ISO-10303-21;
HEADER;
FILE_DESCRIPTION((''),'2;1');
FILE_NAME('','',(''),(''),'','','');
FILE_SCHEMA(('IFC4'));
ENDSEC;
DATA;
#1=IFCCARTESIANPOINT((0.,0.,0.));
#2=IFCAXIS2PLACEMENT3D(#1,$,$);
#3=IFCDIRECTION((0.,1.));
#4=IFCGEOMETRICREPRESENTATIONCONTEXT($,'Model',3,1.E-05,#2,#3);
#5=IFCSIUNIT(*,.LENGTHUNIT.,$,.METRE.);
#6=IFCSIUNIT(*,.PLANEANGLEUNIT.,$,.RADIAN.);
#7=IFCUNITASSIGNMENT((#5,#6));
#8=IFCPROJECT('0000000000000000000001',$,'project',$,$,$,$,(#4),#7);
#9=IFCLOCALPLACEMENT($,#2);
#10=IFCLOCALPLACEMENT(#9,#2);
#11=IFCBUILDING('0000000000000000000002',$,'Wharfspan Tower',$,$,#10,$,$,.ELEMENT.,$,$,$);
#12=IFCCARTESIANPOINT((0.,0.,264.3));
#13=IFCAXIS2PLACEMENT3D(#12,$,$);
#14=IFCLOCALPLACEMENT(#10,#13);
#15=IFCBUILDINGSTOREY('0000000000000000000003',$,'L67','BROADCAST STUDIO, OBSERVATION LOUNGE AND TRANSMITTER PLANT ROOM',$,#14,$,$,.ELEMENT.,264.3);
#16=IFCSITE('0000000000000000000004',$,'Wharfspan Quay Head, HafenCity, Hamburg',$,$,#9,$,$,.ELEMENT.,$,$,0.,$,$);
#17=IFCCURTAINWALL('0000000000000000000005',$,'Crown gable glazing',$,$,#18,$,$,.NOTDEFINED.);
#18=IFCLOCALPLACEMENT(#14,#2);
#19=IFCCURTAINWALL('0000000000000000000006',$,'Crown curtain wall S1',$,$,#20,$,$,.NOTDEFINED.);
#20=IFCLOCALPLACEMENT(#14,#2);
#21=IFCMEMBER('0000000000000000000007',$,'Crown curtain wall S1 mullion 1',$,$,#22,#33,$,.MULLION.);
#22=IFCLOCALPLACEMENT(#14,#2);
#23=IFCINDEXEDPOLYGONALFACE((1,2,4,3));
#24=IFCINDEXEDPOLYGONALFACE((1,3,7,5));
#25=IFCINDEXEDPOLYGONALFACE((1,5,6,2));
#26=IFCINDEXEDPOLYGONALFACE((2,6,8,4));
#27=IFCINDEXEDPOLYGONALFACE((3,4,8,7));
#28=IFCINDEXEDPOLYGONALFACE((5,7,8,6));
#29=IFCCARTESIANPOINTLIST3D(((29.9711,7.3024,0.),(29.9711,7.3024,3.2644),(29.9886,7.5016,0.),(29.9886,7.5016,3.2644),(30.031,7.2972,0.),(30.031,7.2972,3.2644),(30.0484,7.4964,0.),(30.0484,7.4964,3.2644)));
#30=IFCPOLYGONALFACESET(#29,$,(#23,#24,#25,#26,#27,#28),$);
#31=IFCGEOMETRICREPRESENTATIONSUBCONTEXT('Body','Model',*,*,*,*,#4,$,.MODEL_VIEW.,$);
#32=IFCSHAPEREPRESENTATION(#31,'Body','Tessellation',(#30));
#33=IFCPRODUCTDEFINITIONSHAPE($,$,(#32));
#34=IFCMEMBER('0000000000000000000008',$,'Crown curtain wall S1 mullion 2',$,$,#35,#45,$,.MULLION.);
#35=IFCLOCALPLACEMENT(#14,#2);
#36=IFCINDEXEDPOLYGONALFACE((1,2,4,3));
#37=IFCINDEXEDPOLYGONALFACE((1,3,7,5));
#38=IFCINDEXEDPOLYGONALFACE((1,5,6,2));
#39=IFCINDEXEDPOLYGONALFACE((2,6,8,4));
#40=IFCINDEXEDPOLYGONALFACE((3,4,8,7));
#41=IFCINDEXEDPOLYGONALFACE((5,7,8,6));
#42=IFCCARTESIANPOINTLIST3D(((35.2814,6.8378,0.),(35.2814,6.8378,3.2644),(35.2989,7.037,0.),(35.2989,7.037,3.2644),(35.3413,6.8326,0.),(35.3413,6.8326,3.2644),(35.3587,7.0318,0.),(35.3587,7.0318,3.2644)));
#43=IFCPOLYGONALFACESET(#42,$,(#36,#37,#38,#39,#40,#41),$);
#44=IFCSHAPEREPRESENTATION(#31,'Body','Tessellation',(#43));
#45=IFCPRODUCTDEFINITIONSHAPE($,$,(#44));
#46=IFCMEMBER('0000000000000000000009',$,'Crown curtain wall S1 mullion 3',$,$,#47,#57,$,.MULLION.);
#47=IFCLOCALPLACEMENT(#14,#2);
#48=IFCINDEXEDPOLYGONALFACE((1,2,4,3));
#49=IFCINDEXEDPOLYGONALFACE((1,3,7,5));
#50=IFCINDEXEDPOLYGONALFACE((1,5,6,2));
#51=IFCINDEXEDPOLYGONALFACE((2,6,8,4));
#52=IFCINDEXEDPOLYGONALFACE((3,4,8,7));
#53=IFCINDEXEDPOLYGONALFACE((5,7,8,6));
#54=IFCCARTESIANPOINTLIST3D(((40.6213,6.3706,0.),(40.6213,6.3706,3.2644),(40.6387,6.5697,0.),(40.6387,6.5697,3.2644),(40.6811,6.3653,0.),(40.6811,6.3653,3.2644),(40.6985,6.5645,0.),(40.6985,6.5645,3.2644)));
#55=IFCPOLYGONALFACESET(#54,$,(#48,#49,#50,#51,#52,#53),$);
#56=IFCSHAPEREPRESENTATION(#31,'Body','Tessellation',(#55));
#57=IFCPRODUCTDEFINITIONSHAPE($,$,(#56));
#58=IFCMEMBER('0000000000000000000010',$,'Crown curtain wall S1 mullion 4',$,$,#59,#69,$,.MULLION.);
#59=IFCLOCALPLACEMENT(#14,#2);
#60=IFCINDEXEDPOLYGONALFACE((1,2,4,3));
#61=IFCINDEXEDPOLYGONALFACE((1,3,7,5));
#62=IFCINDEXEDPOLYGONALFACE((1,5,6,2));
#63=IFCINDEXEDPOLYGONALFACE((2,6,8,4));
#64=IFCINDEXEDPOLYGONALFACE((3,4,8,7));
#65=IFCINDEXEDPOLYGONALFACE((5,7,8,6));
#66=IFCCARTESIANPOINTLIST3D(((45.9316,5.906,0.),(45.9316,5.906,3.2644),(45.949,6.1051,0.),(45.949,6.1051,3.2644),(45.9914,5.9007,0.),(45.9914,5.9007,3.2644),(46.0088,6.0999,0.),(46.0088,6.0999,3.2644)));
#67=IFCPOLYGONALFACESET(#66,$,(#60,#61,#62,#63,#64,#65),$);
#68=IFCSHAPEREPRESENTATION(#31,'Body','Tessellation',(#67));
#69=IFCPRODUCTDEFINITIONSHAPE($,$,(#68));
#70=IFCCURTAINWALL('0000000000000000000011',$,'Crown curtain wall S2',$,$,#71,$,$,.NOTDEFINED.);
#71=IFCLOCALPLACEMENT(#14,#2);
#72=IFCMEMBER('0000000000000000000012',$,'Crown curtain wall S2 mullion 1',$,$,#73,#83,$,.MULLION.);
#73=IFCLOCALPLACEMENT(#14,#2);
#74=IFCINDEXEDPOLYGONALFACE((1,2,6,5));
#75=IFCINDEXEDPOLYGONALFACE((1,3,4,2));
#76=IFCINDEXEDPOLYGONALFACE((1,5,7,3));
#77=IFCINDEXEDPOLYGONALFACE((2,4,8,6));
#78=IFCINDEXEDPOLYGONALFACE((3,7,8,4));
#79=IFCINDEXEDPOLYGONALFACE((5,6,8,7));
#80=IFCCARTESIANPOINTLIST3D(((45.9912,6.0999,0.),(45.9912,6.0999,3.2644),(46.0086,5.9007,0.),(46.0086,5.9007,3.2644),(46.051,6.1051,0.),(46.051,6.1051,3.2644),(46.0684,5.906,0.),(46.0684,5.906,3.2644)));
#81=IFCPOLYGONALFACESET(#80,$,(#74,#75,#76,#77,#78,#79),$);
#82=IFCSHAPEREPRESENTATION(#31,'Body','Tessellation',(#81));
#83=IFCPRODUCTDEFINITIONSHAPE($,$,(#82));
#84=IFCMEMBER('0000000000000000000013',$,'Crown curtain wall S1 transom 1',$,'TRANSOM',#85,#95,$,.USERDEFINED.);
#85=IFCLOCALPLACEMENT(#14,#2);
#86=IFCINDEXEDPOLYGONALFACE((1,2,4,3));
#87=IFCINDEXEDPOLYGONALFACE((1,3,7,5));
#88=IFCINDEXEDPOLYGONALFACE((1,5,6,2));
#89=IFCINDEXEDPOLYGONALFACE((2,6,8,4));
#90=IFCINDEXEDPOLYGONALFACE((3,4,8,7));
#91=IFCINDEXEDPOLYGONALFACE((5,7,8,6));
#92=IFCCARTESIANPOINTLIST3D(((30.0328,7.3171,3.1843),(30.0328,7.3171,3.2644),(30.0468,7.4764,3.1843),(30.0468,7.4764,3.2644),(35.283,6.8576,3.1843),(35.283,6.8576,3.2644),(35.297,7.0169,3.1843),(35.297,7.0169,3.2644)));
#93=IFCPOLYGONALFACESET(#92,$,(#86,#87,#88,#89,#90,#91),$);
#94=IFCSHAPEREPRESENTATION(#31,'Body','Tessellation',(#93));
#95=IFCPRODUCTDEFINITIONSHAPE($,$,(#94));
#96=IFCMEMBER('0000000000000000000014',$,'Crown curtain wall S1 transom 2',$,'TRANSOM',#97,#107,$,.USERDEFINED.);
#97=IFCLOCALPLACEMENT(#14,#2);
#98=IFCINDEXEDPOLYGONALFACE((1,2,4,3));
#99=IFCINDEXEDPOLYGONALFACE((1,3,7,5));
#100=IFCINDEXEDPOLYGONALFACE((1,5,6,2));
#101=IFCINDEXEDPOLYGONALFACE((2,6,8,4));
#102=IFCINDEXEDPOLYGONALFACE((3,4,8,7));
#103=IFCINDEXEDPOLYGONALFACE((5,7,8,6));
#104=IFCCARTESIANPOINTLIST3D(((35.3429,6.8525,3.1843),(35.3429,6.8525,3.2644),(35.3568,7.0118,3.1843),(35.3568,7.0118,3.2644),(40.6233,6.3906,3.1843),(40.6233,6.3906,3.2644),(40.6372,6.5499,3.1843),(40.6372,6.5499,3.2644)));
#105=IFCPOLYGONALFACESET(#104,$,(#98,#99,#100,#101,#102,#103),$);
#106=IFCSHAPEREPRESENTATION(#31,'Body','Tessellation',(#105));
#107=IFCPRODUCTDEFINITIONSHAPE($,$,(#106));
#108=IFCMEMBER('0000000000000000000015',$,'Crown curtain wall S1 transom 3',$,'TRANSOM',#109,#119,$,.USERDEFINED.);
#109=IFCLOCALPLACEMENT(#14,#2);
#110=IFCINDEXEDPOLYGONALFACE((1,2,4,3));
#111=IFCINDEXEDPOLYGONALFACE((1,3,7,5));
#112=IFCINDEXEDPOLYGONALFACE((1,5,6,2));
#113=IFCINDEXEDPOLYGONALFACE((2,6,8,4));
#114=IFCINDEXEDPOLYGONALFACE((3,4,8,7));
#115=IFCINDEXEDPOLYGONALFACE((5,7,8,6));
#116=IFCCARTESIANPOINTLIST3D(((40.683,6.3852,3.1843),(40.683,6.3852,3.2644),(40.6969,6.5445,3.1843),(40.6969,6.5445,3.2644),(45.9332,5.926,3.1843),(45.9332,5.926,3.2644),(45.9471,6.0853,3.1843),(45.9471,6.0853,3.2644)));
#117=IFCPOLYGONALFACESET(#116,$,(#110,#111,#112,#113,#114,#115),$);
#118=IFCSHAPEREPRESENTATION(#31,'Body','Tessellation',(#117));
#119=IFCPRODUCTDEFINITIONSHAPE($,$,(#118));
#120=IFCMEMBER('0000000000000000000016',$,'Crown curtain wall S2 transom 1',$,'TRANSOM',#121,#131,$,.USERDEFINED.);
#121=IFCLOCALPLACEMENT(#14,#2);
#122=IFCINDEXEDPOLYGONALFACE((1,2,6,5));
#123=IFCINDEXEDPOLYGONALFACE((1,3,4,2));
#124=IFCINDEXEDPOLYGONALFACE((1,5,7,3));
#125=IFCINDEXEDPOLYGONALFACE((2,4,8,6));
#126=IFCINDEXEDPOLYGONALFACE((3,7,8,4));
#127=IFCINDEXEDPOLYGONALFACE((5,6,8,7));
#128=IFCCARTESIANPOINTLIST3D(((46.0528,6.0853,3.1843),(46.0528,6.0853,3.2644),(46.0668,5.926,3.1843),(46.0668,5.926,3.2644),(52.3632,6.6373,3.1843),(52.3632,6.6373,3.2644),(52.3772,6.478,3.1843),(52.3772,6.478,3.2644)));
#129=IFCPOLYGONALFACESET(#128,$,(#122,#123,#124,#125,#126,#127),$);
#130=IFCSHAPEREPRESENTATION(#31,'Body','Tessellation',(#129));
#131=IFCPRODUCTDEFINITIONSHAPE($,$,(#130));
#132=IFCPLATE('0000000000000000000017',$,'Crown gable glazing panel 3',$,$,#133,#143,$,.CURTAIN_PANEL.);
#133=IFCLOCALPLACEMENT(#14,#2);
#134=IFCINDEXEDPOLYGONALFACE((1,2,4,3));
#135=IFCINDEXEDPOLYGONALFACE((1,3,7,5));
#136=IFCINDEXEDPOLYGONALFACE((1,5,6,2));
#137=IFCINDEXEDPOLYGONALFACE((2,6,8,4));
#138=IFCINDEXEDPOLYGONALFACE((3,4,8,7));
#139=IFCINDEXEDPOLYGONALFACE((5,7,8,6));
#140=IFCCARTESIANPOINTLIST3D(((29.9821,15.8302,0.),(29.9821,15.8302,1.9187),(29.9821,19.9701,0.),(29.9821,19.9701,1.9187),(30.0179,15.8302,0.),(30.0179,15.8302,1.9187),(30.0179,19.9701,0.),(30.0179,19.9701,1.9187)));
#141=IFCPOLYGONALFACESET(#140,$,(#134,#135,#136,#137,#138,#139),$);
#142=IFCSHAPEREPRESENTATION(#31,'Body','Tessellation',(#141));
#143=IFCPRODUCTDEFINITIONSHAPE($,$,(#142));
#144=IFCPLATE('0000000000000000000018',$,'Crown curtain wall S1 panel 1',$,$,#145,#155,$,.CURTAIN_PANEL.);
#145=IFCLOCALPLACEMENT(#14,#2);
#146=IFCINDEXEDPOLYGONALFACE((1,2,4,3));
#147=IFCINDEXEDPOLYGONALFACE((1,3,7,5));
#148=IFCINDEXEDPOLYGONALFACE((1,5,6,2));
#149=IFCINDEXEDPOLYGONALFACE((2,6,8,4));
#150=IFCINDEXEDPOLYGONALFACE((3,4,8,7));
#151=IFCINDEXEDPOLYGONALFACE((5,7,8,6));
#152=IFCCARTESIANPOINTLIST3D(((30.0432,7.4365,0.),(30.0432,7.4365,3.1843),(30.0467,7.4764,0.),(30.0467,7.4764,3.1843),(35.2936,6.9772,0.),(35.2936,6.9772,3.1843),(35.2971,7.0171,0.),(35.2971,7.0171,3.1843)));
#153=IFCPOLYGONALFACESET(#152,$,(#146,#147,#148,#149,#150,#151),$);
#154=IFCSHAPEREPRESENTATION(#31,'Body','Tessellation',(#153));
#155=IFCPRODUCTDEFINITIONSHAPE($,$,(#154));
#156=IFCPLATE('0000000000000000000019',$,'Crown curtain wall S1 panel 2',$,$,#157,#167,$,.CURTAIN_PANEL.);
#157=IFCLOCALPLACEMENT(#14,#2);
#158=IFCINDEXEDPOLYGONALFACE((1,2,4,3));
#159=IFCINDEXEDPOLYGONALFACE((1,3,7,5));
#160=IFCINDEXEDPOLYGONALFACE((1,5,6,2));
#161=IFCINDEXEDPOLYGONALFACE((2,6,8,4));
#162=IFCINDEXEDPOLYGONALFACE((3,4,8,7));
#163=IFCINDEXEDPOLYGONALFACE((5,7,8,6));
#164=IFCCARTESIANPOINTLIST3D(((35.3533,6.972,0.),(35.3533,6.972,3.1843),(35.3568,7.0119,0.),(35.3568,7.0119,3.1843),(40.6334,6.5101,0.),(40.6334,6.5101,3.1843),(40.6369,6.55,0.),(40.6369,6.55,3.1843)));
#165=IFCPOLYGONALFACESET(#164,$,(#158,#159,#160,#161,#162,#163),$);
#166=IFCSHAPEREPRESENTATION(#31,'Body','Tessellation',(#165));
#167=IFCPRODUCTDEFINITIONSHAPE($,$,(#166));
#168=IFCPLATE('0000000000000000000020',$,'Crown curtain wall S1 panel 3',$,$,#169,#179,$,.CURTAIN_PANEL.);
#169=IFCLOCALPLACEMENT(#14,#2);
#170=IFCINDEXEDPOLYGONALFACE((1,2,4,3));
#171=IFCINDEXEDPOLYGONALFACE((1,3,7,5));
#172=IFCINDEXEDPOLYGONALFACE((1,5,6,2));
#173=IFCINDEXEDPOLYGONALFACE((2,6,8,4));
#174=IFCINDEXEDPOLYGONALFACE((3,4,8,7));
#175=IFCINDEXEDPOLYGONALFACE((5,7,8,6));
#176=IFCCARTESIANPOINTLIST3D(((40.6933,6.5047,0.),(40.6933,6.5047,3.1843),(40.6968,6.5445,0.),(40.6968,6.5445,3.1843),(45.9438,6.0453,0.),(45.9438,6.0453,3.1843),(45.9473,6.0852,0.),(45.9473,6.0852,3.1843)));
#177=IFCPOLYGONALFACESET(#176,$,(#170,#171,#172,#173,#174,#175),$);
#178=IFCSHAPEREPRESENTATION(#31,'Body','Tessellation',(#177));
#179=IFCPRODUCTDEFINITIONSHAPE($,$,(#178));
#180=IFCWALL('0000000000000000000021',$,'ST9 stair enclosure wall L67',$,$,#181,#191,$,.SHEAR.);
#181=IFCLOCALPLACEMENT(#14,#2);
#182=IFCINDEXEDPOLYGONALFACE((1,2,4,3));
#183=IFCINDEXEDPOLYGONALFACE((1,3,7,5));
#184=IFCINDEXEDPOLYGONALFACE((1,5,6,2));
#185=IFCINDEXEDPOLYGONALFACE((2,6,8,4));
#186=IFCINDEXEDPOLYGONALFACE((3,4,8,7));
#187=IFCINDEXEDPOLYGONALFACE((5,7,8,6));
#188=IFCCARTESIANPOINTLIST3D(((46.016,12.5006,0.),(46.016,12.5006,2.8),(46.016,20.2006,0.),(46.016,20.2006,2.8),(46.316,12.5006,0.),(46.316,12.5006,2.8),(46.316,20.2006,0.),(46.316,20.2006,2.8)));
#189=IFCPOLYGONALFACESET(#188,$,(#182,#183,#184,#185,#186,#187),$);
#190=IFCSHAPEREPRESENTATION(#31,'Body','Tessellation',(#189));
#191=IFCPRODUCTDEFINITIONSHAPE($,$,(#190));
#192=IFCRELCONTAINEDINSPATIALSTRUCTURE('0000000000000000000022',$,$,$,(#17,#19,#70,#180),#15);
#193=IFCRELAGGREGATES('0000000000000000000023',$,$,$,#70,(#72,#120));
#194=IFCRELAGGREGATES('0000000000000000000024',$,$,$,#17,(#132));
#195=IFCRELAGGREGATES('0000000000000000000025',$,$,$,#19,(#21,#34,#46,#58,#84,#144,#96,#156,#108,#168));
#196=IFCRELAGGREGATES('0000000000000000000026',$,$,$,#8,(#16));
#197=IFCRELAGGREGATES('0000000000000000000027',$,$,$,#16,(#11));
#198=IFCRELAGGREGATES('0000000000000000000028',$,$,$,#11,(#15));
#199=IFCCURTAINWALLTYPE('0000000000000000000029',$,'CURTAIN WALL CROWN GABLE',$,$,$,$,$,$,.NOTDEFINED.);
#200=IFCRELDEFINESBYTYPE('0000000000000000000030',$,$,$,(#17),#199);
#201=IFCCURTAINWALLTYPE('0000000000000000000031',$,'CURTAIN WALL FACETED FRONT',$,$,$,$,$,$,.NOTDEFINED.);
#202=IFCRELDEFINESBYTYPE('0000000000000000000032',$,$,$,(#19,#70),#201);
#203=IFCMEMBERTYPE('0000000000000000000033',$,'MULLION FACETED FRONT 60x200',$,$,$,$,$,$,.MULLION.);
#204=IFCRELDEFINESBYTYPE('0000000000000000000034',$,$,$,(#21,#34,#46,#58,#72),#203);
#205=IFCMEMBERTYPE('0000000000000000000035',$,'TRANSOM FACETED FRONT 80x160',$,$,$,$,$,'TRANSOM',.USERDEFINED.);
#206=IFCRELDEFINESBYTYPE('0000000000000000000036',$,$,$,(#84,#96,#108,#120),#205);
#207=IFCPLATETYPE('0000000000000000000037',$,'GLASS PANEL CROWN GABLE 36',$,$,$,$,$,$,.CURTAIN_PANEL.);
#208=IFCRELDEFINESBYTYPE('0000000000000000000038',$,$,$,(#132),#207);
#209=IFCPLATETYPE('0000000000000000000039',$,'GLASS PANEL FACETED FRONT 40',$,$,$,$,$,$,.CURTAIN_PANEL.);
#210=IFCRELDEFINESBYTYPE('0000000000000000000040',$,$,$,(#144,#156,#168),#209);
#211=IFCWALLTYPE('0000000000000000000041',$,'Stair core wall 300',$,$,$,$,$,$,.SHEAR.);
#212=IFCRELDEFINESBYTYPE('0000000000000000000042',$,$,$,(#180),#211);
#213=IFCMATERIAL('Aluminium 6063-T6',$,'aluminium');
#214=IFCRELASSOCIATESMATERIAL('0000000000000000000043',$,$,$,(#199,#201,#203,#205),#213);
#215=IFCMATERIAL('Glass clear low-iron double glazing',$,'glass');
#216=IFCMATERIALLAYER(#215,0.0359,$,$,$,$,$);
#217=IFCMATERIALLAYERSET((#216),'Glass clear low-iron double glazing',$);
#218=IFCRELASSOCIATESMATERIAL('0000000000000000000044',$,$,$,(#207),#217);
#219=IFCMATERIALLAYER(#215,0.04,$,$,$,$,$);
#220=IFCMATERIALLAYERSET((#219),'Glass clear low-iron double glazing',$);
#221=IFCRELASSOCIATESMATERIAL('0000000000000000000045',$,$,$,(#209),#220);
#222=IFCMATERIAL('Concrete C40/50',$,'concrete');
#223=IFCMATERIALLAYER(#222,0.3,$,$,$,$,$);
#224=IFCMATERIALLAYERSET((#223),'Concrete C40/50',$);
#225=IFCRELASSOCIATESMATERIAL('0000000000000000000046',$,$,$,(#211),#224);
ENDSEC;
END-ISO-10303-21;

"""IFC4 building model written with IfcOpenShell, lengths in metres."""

from ifc_helpers import new_model, si_unit, direction, frame, frame_2d, origin, origin_2d, place, context, subcontext, project, spatial, rectangle, extrude, material, layer, layer_set, material_profile, profile_set, type_object, element, aggregate, save


model = new_model("IFC4")

# Units and contexts
model_context = context("Model", 3, precision=1e-05, world=origin(), true_north=direction((0.0, 1.0)))
body_context = subcontext(model_context, "Body", "Model", "MODEL_VIEW")
ifc_project = project(units=[si_unit("LENGTHUNIT", "METRE"), si_unit("PLANEANGLEUNIT", "RADIAN")], contexts=[model_context])

# Site, building, storey
site_placement = place(None, origin())
site = spatial("IfcSite", under=ifc_project, at=site_placement, Name="Wharfspan Quay Head, HafenCity, Hamburg", CompositionType="ELEMENT", RefElevation=0.0)
building_placement = place(site_placement, origin())
building = spatial("IfcBuilding", under=site, at=building_placement, Name="Wharfspan Tower", CompositionType="ELEMENT")
storey_placement = place(building_placement, frame((0.0, 0.0, 264.3)))
storey = spatial("IfcBuildingStorey", under=building, at=storey_placement, Name="L67", Description="BROADCAST STUDIO, OBSERVATION LOUNGE AND TRANSMITTER PLANT ROOM", CompositionType="ELEMENT", Elevation=264.3)

# Curtain wall
ifc_material_1 = material(Name="Aluminium 6063-T6", Category="aluminium")
curtain_wall_type_1 = type_object("IfcCurtainWallType", Name="CURTAIN WALL CROWN GABLE", PredefinedType="NOTDEFINED", material=ifc_material_1)
curtain_wall_1_placement = place(storey_placement, origin())
curtain_wall_1 = element("IfcCurtainWall", 1, at=curtain_wall_1_placement, inside=storey, type_object=curtain_wall_type_1, Name="Crown gable glazing", PredefinedType="NOTDEFINED")

# Curtain wall, members
curtain_wall_type_2 = type_object("IfcCurtainWallType", Name="CURTAIN WALL FACETED FRONT", PredefinedType="NOTDEFINED", material=ifc_material_1)
curtain_wall_2_placement = place(storey_placement, origin())
curtain_wall_2 = element("IfcCurtainWall", 2, at=curtain_wall_2_placement, inside=storey, type_object=curtain_wall_type_2, Name="Crown curtain wall S1", PredefinedType="NOTDEFINED")
ifc_material_profile_1 = material_profile(ifc_material_1, rectangle(XDim=0.2, YDim=0.0601, at=origin_2d()))
ifc_profile_set_1 = profile_set([ifc_material_profile_1], Name="Aluminium 6063-T6")
member_type_1 = type_object("IfcMemberType", Name="MULLION FACETED FRONT 60x200", PredefinedType="MULLION", material=ifc_profile_set_1)
member_1_placement = place(storey_placement, frame((30.0098, 7.3994, 0.0), z_axis=(0.0, 0.0, 1.0), x_axis=(0.087156, 0.996198, 0.0)))
member_1 = element("IfcMember", 3, at=member_1_placement, type_object=member_type_1, Name="Crown curtain wall S1 mullion 1", PredefinedType="MULLION", context=body_context, shape_type="SweptSolid", body=[
    extrude(rectangle(XDim=0.2, YDim=0.0601, at=origin_2d()), origin(), (0.0, 0.0, 1.0), 3.2644),
])
member_2_placement = place(storey_placement, frame((35.3201, 6.9348, 0.0), z_axis=(0.0, 0.0, 1.0), x_axis=(0.087156, 0.996198, 0.0)))
member_2 = element("IfcMember", 4, at=member_2_placement, type_object=member_type_1, Name="Crown curtain wall S1 mullion 2", PredefinedType="MULLION", context=body_context, shape_type="SweptSolid", body=[
    extrude(rectangle(XDim=0.2, YDim=0.0601, at=origin_2d()), origin(), (0.0, 0.0, 1.0), 3.2644),
])
member_3_placement = place(storey_placement, frame((40.6599, 6.4675, 0.0), z_axis=(0.0, 0.0, 1.0), x_axis=(0.087156, 0.996198, 0.0)))
member_3 = element("IfcMember", 5, at=member_3_placement, type_object=member_type_1, Name="Crown curtain wall S1 mullion 3", PredefinedType="MULLION", context=body_context, shape_type="SweptSolid", body=[
    extrude(rectangle(XDim=0.2, YDim=0.0601, at=origin_2d()), origin(), (0.0, 0.0, 1.0), 3.2644),
])
member_4_placement = place(storey_placement, frame((45.9702, 6.0029, 0.0), z_axis=(0.0, 0.0, 1.0), x_axis=(0.087156, 0.996198, 0.0)))
member_4 = element("IfcMember", 6, at=member_4_placement, type_object=member_type_1, Name="Crown curtain wall S1 mullion 4", PredefinedType="MULLION", context=body_context, shape_type="SweptSolid", body=[
    extrude(rectangle(XDim=0.2, YDim=0.0601, at=origin_2d()), origin(), (0.0, 0.0, 1.0), 3.2644),
])

# Curtain wall, member
curtain_wall_3_placement = place(storey_placement, origin())
curtain_wall_3 = element("IfcCurtainWall", 7, at=curtain_wall_3_placement, inside=storey, type_object=curtain_wall_type_2, Name="Crown curtain wall S2", PredefinedType="NOTDEFINED")
member_5_placement = place(storey_placement, frame((46.0298, 6.0029, 0.0), z_axis=(0.0, 0.0, 1.0), x_axis=(-0.087156, 0.996198, 0.0)))
member_5 = element("IfcMember", 8, at=member_5_placement, type_object=member_type_1, Name="Crown curtain wall S2 mullion 1", PredefinedType="MULLION", context=body_context, shape_type="SweptSolid", body=[
    extrude(rectangle(XDim=0.2, YDim=0.0601, at=origin_2d()), origin(), (0.0, 0.0, 1.0), 3.2644),
])

# Members
ifc_material_profile_2 = material_profile(ifc_material_1, rectangle(XDim=0.1599, YDim=0.0801, at=origin_2d()))
ifc_profile_set_2 = profile_set([ifc_material_profile_2], Name="Aluminium 6063-T6")
member_type_2 = type_object("IfcMemberType", Name="TRANSOM FACETED FRONT 80x160", ElementType="TRANSOM", PredefinedType="USERDEFINED", material=ifc_profile_set_2)
member_6_placement = place(storey_placement, frame((30.0398, 7.3967, 3.2244), z_axis=(0.996192, -0.087181, 0.0), x_axis=(0.087181, 0.996192, 0.0)))
member_6 = element("IfcMember", 9, at=member_6_placement, type_object=member_type_2, Name="Crown curtain wall S1 transom 1", ObjectType="TRANSOM", PredefinedType="USERDEFINED", context=body_context, shape_type="SweptSolid", body=[
    extrude(rectangle(XDim=0.1599, YDim=0.0801, at=origin_2d()), origin(), (0.0, 0.0, 1.0), 5.2703),
])
member_7_placement = place(storey_placement, frame((35.3499, 6.9321, 3.2244), z_axis=(0.996196, -0.087146, 0.0), x_axis=(0.087146, 0.996196, 0.0)))
member_7 = element("IfcMember", 10, at=member_7_placement, type_object=member_type_2, Name="Crown curtain wall S1 transom 2", ObjectType="TRANSOM", PredefinedType="USERDEFINED", context=body_context, shape_type="SweptSolid", body=[
    extrude(rectangle(XDim=0.1599, YDim=0.0801, at=origin_2d()), origin(), (0.0, 0.0, 1.0), 5.3005),
])
member_8_placement = place(storey_placement, frame((40.6899, 6.4648, 3.2244), z_axis=(0.996196, -0.087135, 0.0), x_axis=(0.087135, 0.996196, 0.0)))
member_8 = element("IfcMember", 11, at=member_8_placement, type_object=member_type_2, Name="Crown curtain wall S1 transom 3", ObjectType="TRANSOM", PredefinedType="USERDEFINED", context=body_context, shape_type="SweptSolid", body=[
    extrude(rectangle(XDim=0.1599, YDim=0.0801, at=origin_2d()), origin(), (0.0, 0.0, 1.0), 5.2703),
])
member_9_placement = place(storey_placement, frame((46.0598, 6.0056, 3.2244), z_axis=(0.996196, 0.087144, 0.0), x_axis=(-0.087144, 0.996196, 0.0)))
member_9 = element("IfcMember", 12, at=member_9_placement, type_object=member_type_2, Name="Crown curtain wall S2 transom 1", ObjectType="TRANSOM", PredefinedType="USERDEFINED", context=body_context, shape_type="SweptSolid", body=[
    extrude(rectangle(XDim=0.1599, YDim=0.0801, at=origin_2d()), origin(), (0.0, 0.0, 1.0), 6.3345),
])
aggregate(curtain_wall_3, [member_5, member_9])

# Plates
ifc_material_2 = material(Name="Glass clear low-iron double glazing", Category="glass")
ifc_layer_1 = layer(ifc_material_2, 0.0359)
ifc_layer_set_1 = layer_set([ifc_layer_1], Name="Glass clear low-iron double glazing")
plate_type_1 = type_object("IfcPlateType", Name="GLASS PANEL CROWN GABLE 36", PredefinedType="CURTAIN_PANEL", material=ifc_layer_set_1)
plate_1_placement = place(storey_placement, frame((30.0, 17.9001, 0.0), z_axis=(0.0, 0.0, 1.0), x_axis=(0.0, 1.0, 0.0)))
plate_1 = element("IfcPlate", 13, at=plate_1_placement, type_object=plate_type_1, Name="Crown gable glazing panel 3", PredefinedType="CURTAIN_PANEL", context=body_context, shape_type="SweptSolid", body=[
    extrude(rectangle(XDim=4.1399, YDim=0.0359, at=origin_2d()), origin(), (0.0, 0.0, 1.0), 1.9187),
])
aggregate(curtain_wall_1, [plate_1])
ifc_layer_2 = layer(ifc_material_2, 0.04)
ifc_layer_set_2 = layer_set([ifc_layer_2], Name="Glass clear low-iron double glazing")
plate_type_2 = type_object("IfcPlateType", Name="GLASS PANEL FACETED FRONT 40", PredefinedType="CURTAIN_PANEL", material=ifc_layer_set_2)
plate_2_placement = place(storey_placement, frame((32.6702, 7.2268, 0.0), z_axis=(0.0, 0.0, 1.0), x_axis=(0.996198, -0.087156, 0.0)))
plate_2 = element("IfcPlate", 14, at=plate_2_placement, type_object=plate_type_2, Name="Crown curtain wall S1 panel 1", PredefinedType="CURTAIN_PANEL", context=body_context, shape_type="SweptSolid", body=[
    extrude(rectangle(XDim=5.2705, YDim=0.04, at=origin_2d()), origin(), (0.0, 0.0, 1.0), 3.1843),
])
plate_3_placement = place(storey_placement, frame((37.9951, 6.761, 0.0), z_axis=(0.0, 0.0, 1.0), x_axis=(0.996198, -0.087156, 0.0)))
plate_3 = element("IfcPlate", 15, at=plate_3_placement, type_object=plate_type_2, Name="Crown curtain wall S1 panel 2", PredefinedType="CURTAIN_PANEL", context=body_context, shape_type="SweptSolid", body=[
    extrude(rectangle(XDim=5.3003, YDim=0.04, at=origin_2d()), origin(), (0.0, 0.0, 1.0), 3.1843),
])
plate_4_placement = place(storey_placement, frame((43.3203, 6.2949, 0.0), z_axis=(0.0, 0.0, 1.0), x_axis=(0.996198, -0.087156, 0.0)))
plate_4 = element("IfcPlate", 16, at=plate_4_placement, type_object=plate_type_2, Name="Crown curtain wall S1 panel 3", PredefinedType="CURTAIN_PANEL", context=body_context, shape_type="SweptSolid", body=[
    extrude(rectangle(XDim=5.2705, YDim=0.04, at=origin_2d()), origin(), (0.0, 0.0, 1.0), 3.1843),
])
aggregate(curtain_wall_2, [member_1, member_2, member_3, member_4, member_6, plate_2, member_7, plate_3, member_8, plate_4])

# Wall
ifc_material_3 = material(Name="Concrete C40/50", Category="concrete")
ifc_layer_3 = layer(ifc_material_3, 0.3)
ifc_layer_set_3 = layer_set([ifc_layer_3], Name="Concrete C40/50")
wall_type = type_object("IfcWallType", Name="Stair core wall 300", PredefinedType="SHEAR", material=ifc_layer_set_3)
wall_1_placement = place(storey_placement, frame((46.166, 12.5005, 0.0), z_axis=(0.0, 0.0, 1.0), x_axis=(0.0, 1.0, 0.0)))
element("IfcWall", 17, at=wall_1_placement, inside=storey, type_object=wall_type, Name="ST9 stair enclosure wall L67", PredefinedType="SHEAR", context=body_context, shape_type="SweptSolid", body=[
    extrude(rectangle(XDim=7.7, YDim=0.3, at=frame_2d((3.8501, 0.0))), origin(), (0.0, 0.0, 1.0), 2.8),
])

save(model, "model.ifc")
